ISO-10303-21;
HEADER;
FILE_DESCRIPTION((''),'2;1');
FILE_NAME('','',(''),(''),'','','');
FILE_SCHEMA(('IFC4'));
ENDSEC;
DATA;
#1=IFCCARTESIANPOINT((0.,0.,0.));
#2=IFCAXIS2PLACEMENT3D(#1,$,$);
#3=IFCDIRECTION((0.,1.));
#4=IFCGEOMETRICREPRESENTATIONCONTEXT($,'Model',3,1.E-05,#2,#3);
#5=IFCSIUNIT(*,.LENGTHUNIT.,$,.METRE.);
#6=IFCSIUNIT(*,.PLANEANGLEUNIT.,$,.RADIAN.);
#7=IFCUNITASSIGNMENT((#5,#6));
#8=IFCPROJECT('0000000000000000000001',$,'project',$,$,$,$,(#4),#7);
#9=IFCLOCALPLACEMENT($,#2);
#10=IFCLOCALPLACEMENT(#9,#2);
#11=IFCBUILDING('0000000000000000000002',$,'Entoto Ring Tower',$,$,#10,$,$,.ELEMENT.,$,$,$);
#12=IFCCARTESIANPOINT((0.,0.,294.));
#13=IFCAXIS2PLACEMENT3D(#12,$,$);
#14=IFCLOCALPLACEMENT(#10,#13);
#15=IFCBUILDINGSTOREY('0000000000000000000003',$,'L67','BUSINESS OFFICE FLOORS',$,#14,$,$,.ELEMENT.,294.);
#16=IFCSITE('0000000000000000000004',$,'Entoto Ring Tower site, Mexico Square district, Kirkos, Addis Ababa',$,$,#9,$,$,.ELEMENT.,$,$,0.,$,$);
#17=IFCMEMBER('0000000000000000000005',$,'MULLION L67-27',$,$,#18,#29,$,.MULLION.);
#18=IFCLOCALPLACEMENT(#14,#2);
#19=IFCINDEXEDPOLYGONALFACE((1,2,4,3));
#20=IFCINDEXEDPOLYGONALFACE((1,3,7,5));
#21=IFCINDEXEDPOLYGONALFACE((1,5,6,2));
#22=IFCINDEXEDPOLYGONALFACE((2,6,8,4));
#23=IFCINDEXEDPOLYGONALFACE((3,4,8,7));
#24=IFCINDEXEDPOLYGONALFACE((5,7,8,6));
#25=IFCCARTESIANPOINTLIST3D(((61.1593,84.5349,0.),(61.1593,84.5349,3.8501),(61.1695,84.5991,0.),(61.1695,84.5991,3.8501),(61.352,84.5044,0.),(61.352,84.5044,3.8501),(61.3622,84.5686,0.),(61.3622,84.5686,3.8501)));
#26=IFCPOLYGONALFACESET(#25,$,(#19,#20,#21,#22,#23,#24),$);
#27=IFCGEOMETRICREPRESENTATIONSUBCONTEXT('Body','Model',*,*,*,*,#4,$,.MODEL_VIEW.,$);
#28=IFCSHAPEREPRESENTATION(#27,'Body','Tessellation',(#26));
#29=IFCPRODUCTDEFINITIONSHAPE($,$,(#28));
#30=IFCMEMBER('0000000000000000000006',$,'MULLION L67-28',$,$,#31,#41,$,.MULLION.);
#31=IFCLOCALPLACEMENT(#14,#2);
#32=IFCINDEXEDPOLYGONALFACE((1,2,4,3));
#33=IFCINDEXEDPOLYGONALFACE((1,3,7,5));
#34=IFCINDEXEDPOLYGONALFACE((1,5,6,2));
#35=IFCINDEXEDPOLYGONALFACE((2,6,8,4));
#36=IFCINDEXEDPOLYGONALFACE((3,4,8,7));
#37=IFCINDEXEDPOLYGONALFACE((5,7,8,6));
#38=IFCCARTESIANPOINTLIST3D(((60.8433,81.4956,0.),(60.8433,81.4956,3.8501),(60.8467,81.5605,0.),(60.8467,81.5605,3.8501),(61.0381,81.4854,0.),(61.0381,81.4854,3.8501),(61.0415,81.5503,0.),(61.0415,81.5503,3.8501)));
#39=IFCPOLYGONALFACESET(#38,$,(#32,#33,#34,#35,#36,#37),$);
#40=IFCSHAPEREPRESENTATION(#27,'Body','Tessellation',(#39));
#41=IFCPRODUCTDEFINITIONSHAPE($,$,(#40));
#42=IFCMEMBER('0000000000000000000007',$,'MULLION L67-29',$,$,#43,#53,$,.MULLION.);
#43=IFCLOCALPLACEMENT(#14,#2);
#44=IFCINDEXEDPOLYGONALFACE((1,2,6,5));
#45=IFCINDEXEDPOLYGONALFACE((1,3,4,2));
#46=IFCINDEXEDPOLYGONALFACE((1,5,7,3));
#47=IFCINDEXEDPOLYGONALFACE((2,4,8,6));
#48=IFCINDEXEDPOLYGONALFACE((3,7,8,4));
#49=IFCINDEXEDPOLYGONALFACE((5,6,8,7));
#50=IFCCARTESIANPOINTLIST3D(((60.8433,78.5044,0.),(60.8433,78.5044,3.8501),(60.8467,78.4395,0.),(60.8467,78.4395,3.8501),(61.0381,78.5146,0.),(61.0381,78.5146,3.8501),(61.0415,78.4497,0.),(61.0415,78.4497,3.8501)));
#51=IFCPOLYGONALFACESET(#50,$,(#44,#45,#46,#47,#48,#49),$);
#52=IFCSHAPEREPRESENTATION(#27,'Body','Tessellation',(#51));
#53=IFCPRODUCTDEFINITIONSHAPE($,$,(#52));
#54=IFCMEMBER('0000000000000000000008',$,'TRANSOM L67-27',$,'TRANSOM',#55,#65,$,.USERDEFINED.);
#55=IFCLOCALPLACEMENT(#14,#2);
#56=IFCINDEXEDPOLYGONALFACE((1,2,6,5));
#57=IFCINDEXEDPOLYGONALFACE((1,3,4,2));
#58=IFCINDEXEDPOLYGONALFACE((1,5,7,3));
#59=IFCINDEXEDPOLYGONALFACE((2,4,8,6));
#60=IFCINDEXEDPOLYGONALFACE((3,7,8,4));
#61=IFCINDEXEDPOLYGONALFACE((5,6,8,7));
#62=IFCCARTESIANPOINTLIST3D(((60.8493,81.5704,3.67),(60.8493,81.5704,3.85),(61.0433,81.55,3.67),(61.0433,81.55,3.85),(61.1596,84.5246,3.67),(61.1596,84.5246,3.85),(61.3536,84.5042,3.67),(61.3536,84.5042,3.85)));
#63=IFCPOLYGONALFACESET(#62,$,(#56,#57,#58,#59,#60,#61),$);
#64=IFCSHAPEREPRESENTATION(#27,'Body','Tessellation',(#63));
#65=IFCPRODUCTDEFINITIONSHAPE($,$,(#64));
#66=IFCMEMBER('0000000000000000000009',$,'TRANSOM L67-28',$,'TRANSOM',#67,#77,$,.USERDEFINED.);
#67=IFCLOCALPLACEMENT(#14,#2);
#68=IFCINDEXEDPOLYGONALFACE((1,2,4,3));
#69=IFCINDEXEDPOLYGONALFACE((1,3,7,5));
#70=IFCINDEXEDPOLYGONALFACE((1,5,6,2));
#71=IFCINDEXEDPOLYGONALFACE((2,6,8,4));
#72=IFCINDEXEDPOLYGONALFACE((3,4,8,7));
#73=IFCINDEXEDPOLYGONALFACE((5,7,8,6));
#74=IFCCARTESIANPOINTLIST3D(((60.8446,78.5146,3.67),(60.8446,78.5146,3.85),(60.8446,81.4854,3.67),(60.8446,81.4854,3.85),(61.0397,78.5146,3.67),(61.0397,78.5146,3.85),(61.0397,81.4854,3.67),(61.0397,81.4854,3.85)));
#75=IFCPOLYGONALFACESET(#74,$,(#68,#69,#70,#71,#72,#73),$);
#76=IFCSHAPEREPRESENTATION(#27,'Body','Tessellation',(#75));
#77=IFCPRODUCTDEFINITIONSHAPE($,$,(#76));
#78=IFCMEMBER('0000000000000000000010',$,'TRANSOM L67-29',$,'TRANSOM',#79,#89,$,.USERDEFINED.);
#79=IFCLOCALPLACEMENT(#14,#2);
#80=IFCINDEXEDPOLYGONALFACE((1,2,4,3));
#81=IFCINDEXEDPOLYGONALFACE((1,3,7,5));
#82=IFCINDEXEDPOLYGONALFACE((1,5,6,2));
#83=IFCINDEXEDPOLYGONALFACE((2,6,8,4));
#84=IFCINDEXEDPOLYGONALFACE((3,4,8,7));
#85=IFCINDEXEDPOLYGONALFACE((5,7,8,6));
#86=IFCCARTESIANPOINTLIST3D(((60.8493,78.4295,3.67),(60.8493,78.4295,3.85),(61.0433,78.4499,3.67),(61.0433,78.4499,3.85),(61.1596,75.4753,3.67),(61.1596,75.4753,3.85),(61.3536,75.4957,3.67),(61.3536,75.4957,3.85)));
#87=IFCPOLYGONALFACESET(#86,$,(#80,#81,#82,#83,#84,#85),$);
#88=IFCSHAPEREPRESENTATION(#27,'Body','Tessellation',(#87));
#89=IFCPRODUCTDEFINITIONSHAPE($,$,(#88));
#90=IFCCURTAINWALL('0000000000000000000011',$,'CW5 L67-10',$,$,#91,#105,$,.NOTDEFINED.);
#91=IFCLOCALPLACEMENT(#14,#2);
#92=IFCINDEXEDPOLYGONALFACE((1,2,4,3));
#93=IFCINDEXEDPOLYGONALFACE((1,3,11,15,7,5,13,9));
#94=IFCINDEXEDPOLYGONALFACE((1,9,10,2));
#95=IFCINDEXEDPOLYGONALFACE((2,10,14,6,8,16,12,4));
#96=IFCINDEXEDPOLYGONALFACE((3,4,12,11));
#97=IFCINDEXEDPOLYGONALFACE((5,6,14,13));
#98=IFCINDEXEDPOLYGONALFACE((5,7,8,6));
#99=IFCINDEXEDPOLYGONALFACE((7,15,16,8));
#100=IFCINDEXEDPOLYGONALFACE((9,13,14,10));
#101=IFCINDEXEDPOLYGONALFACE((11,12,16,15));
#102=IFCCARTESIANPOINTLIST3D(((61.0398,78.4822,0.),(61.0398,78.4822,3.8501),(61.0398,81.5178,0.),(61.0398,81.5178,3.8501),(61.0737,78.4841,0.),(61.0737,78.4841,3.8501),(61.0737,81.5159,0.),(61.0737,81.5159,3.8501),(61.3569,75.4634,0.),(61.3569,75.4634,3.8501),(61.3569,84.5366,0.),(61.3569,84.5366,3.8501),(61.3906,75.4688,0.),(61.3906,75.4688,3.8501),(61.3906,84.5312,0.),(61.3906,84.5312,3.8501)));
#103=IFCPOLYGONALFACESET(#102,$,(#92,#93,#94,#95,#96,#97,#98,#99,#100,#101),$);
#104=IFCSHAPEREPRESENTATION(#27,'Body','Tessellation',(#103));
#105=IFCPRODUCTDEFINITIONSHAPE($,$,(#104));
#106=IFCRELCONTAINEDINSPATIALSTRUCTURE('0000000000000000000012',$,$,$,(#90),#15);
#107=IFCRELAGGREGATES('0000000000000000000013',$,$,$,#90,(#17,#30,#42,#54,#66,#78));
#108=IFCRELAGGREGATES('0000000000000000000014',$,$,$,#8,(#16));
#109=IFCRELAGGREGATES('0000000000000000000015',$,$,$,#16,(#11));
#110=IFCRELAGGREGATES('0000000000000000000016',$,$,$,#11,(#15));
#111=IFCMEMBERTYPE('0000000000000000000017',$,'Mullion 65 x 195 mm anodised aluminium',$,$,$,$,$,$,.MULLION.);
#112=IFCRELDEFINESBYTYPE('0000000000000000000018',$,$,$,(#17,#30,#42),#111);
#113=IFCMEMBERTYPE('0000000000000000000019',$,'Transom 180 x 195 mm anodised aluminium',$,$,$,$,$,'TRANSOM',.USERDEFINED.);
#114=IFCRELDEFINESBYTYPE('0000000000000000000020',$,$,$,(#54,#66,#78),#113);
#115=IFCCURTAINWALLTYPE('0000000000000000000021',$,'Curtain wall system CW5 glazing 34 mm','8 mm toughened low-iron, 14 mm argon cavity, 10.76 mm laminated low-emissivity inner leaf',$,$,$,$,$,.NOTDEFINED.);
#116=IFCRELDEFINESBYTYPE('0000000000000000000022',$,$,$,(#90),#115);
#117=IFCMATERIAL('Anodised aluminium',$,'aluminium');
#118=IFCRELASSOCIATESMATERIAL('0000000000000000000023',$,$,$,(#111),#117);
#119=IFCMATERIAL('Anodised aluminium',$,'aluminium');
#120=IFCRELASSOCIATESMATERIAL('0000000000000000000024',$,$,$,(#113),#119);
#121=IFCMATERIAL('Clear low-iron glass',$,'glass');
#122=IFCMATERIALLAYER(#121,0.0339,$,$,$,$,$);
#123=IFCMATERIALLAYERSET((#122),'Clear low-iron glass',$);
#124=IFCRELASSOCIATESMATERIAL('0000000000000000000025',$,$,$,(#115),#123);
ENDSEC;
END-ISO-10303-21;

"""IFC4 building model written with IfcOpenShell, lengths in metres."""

from ifc_helpers import new_model, si_unit, direction, frame, origin, origin_2d, place, context, subcontext, project, spatial, polyline, rectangle, outline, extrude, material, layer, layer_set, material_profile, profile_set, type_object, element, aggregate, save


model = new_model("IFC4")

# Units and contexts
model_context = context("Model", 3, precision=1e-05, world=origin(), true_north=direction((0.0, 1.0)))
body_context = subcontext(model_context, "Body", "Model", "MODEL_VIEW")
ifc_project = project(units=[si_unit("LENGTHUNIT", "METRE"), si_unit("PLANEANGLEUNIT", "RADIAN")], contexts=[model_context])

# Members
ifc_material_1 = material(Name="Anodised aluminium", Category="aluminium")
ifc_material_profile_1 = material_profile(ifc_material_1, rectangle(XDim=0.0649, YDim=0.1951, at=origin_2d()), Name="Mullion 65 x 195 mm anodised aluminium")
ifc_profile_set_1 = profile_set([ifc_material_profile_1], Name="Anodised aluminium")
member_type_1 = type_object("IfcMemberType", Name="Mullion 65 x 195 mm anodised aluminium", PredefinedType="MULLION", material=ifc_profile_set_1)
site_placement = place(None, origin())
building_placement = place(site_placement, origin())
storey_placement = place(building_placement, frame((0.0, 0.0, 294.0)))
member_1_placement = place(storey_placement, frame((61.2607, 84.5518, 0.0), z_axis=(0.0, 0.0, 1.0), x_axis=(-0.156434, -0.987688, 0.0)))
member_1 = element("IfcMember", 1, at=member_1_placement, type_object=member_type_1, Name="MULLION L67-27", PredefinedType="MULLION", context=body_context, shape_type="SweptSolid", body=[
    extrude(rectangle(XDim=0.0649, YDim=0.1951, at=origin_2d()), origin(), (0.0, 0.0, 1.0), 3.8501),
])
member_2_placement = place(storey_placement, frame((60.9424, 81.5229, 0.0), z_axis=(0.0, 0.0, 1.0), x_axis=(-0.052336, -0.99863, 0.0)))
member_2 = element("IfcMember", 2, at=member_2_placement, type_object=member_type_1, Name="MULLION L67-28", PredefinedType="MULLION", context=body_context, shape_type="SweptSolid", body=[
    extrude(rectangle(XDim=0.0649, YDim=0.1951, at=origin_2d()), origin(), (0.0, 0.0, 1.0), 3.8501),
])
member_3_placement = place(storey_placement, frame((60.9424, 78.4771, 0.0), z_axis=(0.0, 0.0, 1.0), x_axis=(0.052336, -0.99863, 0.0)))
member_3 = element("IfcMember", 3, at=member_3_placement, type_object=member_type_1, Name="MULLION L67-29", PredefinedType="MULLION", context=body_context, shape_type="SweptSolid", body=[
    extrude(rectangle(XDim=0.0649, YDim=0.1951, at=origin_2d()), origin(), (0.0, 0.0, 1.0), 3.8501),
])
ifc_material_2 = material(Name="Anodised aluminium", Category="aluminium")
ifc_material_profile_2 = material_profile(ifc_material_2, rectangle(XDim=0.1951, YDim=0.1799, at=origin_2d()), Name="Transom 180 x 195 mm anodised aluminium")
ifc_profile_set_2 = profile_set([ifc_material_profile_2], Name="Anodised aluminium")
member_type_2 = type_object("IfcMemberType", Name="Transom 180 x 195 mm anodised aluminium", ElementType="TRANSOM", PredefinedType="USERDEFINED", material=ifc_profile_set_2)
member_4_placement = place(storey_placement, frame((61.2566, 84.5144, 3.76), z_axis=(-0.104467, -0.994528, 0.0), x_axis=(0.994528, -0.104467, 0.0)))
member_4 = element("IfcMember", 4, at=member_4_placement, type_object=member_type_2, Name="TRANSOM L67-27", ObjectType="TRANSOM", PredefinedType="USERDEFINED", context=body_context, shape_type="SweptSolid", body=[
    extrude(rectangle(XDim=0.1951, YDim=0.1799, at=origin_2d()), origin(), (0.0, 0.0, 1.0), 2.9705),
])
member_5_placement = place(storey_placement, frame((60.9421, 81.4854, 3.76), z_axis=(0.0, -1.0, 0.0), x_axis=(1.0, 0.0, 0.0)))
member_5 = element("IfcMember", 5, at=member_5_placement, type_object=member_type_2, Name="TRANSOM L67-28", ObjectType="TRANSOM", PredefinedType="USERDEFINED", context=body_context, shape_type="SweptSolid", body=[
    extrude(rectangle(XDim=0.1951, YDim=0.1799, at=origin_2d()), origin(), (0.0, 0.0, 1.0), 2.9707),
])
member_6_placement = place(storey_placement, frame((60.9463, 78.4397, 3.76), z_axis=(0.104467, -0.994528, 0.0), x_axis=(0.994528, 0.104467, 0.0)))
member_6 = element("IfcMember", 6, at=member_6_placement, type_object=member_type_2, Name="TRANSOM L67-29", ObjectType="TRANSOM", PredefinedType="USERDEFINED", context=body_context, shape_type="SweptSolid", body=[
    extrude(rectangle(XDim=0.1951, YDim=0.1799, at=origin_2d()), origin(), (0.0, 0.0, 1.0), 2.9705),
])

# Site, building, storey
site = spatial("IfcSite", under=ifc_project, at=site_placement, Name="Entoto Ring Tower site, Mexico Square district, Kirkos, Addis Ababa", CompositionType="ELEMENT", RefElevation=0.0)
building = spatial("IfcBuilding", under=site, at=building_placement, Name="Entoto Ring Tower", CompositionType="ELEMENT")
storey = spatial("IfcBuildingStorey", under=building, at=storey_placement, Name="L67", Description="BUSINESS OFFICE FLOORS", CompositionType="ELEMENT", Elevation=294.0)

# Curtain wall
ifc_material_3 = material(Name="Clear low-iron glass", Category="glass")
ifc_layer = layer(ifc_material_3, 0.0339)
ifc_layer_set = layer_set([ifc_layer], Name="Clear low-iron glass")
curtain_wall_type = type_object("IfcCurtainWallType", Name="Curtain wall system CW5 glazing 34 mm", Description="8 mm toughened low-iron, 14 mm argon cavity, 10.76 mm laminated low-emissivity inner leaf", PredefinedType="NOTDEFINED", material=ifc_layer_set)
curtain_wall_1_placement = place(storey_placement, origin())
curtain_wall_1 = element("IfcCurtainWall", 7, at=curtain_wall_1_placement, inside=storey, type_object=curtain_wall_type, Name="CW5 L67-10", PredefinedType="NOTDEFINED", context=body_context, shape_type="SweptSolid", body=[
    extrude(outline(polyline([(61.3569, 84.5366), (61.0398, 81.5178), (61.0398, 78.4822), (61.3569, 75.4634), (61.3906, 75.4688), (61.0737, 78.4841), (61.0737, 81.5159), (61.3906, 84.5312), (61.3569, 84.5366)])), origin(), (0.0, 0.0, 1.0), 3.8501),
])
aggregate(curtain_wall_1, [member_1, member_2, member_3, member_4, member_5, member_6])

save(model, "model.ifc")
